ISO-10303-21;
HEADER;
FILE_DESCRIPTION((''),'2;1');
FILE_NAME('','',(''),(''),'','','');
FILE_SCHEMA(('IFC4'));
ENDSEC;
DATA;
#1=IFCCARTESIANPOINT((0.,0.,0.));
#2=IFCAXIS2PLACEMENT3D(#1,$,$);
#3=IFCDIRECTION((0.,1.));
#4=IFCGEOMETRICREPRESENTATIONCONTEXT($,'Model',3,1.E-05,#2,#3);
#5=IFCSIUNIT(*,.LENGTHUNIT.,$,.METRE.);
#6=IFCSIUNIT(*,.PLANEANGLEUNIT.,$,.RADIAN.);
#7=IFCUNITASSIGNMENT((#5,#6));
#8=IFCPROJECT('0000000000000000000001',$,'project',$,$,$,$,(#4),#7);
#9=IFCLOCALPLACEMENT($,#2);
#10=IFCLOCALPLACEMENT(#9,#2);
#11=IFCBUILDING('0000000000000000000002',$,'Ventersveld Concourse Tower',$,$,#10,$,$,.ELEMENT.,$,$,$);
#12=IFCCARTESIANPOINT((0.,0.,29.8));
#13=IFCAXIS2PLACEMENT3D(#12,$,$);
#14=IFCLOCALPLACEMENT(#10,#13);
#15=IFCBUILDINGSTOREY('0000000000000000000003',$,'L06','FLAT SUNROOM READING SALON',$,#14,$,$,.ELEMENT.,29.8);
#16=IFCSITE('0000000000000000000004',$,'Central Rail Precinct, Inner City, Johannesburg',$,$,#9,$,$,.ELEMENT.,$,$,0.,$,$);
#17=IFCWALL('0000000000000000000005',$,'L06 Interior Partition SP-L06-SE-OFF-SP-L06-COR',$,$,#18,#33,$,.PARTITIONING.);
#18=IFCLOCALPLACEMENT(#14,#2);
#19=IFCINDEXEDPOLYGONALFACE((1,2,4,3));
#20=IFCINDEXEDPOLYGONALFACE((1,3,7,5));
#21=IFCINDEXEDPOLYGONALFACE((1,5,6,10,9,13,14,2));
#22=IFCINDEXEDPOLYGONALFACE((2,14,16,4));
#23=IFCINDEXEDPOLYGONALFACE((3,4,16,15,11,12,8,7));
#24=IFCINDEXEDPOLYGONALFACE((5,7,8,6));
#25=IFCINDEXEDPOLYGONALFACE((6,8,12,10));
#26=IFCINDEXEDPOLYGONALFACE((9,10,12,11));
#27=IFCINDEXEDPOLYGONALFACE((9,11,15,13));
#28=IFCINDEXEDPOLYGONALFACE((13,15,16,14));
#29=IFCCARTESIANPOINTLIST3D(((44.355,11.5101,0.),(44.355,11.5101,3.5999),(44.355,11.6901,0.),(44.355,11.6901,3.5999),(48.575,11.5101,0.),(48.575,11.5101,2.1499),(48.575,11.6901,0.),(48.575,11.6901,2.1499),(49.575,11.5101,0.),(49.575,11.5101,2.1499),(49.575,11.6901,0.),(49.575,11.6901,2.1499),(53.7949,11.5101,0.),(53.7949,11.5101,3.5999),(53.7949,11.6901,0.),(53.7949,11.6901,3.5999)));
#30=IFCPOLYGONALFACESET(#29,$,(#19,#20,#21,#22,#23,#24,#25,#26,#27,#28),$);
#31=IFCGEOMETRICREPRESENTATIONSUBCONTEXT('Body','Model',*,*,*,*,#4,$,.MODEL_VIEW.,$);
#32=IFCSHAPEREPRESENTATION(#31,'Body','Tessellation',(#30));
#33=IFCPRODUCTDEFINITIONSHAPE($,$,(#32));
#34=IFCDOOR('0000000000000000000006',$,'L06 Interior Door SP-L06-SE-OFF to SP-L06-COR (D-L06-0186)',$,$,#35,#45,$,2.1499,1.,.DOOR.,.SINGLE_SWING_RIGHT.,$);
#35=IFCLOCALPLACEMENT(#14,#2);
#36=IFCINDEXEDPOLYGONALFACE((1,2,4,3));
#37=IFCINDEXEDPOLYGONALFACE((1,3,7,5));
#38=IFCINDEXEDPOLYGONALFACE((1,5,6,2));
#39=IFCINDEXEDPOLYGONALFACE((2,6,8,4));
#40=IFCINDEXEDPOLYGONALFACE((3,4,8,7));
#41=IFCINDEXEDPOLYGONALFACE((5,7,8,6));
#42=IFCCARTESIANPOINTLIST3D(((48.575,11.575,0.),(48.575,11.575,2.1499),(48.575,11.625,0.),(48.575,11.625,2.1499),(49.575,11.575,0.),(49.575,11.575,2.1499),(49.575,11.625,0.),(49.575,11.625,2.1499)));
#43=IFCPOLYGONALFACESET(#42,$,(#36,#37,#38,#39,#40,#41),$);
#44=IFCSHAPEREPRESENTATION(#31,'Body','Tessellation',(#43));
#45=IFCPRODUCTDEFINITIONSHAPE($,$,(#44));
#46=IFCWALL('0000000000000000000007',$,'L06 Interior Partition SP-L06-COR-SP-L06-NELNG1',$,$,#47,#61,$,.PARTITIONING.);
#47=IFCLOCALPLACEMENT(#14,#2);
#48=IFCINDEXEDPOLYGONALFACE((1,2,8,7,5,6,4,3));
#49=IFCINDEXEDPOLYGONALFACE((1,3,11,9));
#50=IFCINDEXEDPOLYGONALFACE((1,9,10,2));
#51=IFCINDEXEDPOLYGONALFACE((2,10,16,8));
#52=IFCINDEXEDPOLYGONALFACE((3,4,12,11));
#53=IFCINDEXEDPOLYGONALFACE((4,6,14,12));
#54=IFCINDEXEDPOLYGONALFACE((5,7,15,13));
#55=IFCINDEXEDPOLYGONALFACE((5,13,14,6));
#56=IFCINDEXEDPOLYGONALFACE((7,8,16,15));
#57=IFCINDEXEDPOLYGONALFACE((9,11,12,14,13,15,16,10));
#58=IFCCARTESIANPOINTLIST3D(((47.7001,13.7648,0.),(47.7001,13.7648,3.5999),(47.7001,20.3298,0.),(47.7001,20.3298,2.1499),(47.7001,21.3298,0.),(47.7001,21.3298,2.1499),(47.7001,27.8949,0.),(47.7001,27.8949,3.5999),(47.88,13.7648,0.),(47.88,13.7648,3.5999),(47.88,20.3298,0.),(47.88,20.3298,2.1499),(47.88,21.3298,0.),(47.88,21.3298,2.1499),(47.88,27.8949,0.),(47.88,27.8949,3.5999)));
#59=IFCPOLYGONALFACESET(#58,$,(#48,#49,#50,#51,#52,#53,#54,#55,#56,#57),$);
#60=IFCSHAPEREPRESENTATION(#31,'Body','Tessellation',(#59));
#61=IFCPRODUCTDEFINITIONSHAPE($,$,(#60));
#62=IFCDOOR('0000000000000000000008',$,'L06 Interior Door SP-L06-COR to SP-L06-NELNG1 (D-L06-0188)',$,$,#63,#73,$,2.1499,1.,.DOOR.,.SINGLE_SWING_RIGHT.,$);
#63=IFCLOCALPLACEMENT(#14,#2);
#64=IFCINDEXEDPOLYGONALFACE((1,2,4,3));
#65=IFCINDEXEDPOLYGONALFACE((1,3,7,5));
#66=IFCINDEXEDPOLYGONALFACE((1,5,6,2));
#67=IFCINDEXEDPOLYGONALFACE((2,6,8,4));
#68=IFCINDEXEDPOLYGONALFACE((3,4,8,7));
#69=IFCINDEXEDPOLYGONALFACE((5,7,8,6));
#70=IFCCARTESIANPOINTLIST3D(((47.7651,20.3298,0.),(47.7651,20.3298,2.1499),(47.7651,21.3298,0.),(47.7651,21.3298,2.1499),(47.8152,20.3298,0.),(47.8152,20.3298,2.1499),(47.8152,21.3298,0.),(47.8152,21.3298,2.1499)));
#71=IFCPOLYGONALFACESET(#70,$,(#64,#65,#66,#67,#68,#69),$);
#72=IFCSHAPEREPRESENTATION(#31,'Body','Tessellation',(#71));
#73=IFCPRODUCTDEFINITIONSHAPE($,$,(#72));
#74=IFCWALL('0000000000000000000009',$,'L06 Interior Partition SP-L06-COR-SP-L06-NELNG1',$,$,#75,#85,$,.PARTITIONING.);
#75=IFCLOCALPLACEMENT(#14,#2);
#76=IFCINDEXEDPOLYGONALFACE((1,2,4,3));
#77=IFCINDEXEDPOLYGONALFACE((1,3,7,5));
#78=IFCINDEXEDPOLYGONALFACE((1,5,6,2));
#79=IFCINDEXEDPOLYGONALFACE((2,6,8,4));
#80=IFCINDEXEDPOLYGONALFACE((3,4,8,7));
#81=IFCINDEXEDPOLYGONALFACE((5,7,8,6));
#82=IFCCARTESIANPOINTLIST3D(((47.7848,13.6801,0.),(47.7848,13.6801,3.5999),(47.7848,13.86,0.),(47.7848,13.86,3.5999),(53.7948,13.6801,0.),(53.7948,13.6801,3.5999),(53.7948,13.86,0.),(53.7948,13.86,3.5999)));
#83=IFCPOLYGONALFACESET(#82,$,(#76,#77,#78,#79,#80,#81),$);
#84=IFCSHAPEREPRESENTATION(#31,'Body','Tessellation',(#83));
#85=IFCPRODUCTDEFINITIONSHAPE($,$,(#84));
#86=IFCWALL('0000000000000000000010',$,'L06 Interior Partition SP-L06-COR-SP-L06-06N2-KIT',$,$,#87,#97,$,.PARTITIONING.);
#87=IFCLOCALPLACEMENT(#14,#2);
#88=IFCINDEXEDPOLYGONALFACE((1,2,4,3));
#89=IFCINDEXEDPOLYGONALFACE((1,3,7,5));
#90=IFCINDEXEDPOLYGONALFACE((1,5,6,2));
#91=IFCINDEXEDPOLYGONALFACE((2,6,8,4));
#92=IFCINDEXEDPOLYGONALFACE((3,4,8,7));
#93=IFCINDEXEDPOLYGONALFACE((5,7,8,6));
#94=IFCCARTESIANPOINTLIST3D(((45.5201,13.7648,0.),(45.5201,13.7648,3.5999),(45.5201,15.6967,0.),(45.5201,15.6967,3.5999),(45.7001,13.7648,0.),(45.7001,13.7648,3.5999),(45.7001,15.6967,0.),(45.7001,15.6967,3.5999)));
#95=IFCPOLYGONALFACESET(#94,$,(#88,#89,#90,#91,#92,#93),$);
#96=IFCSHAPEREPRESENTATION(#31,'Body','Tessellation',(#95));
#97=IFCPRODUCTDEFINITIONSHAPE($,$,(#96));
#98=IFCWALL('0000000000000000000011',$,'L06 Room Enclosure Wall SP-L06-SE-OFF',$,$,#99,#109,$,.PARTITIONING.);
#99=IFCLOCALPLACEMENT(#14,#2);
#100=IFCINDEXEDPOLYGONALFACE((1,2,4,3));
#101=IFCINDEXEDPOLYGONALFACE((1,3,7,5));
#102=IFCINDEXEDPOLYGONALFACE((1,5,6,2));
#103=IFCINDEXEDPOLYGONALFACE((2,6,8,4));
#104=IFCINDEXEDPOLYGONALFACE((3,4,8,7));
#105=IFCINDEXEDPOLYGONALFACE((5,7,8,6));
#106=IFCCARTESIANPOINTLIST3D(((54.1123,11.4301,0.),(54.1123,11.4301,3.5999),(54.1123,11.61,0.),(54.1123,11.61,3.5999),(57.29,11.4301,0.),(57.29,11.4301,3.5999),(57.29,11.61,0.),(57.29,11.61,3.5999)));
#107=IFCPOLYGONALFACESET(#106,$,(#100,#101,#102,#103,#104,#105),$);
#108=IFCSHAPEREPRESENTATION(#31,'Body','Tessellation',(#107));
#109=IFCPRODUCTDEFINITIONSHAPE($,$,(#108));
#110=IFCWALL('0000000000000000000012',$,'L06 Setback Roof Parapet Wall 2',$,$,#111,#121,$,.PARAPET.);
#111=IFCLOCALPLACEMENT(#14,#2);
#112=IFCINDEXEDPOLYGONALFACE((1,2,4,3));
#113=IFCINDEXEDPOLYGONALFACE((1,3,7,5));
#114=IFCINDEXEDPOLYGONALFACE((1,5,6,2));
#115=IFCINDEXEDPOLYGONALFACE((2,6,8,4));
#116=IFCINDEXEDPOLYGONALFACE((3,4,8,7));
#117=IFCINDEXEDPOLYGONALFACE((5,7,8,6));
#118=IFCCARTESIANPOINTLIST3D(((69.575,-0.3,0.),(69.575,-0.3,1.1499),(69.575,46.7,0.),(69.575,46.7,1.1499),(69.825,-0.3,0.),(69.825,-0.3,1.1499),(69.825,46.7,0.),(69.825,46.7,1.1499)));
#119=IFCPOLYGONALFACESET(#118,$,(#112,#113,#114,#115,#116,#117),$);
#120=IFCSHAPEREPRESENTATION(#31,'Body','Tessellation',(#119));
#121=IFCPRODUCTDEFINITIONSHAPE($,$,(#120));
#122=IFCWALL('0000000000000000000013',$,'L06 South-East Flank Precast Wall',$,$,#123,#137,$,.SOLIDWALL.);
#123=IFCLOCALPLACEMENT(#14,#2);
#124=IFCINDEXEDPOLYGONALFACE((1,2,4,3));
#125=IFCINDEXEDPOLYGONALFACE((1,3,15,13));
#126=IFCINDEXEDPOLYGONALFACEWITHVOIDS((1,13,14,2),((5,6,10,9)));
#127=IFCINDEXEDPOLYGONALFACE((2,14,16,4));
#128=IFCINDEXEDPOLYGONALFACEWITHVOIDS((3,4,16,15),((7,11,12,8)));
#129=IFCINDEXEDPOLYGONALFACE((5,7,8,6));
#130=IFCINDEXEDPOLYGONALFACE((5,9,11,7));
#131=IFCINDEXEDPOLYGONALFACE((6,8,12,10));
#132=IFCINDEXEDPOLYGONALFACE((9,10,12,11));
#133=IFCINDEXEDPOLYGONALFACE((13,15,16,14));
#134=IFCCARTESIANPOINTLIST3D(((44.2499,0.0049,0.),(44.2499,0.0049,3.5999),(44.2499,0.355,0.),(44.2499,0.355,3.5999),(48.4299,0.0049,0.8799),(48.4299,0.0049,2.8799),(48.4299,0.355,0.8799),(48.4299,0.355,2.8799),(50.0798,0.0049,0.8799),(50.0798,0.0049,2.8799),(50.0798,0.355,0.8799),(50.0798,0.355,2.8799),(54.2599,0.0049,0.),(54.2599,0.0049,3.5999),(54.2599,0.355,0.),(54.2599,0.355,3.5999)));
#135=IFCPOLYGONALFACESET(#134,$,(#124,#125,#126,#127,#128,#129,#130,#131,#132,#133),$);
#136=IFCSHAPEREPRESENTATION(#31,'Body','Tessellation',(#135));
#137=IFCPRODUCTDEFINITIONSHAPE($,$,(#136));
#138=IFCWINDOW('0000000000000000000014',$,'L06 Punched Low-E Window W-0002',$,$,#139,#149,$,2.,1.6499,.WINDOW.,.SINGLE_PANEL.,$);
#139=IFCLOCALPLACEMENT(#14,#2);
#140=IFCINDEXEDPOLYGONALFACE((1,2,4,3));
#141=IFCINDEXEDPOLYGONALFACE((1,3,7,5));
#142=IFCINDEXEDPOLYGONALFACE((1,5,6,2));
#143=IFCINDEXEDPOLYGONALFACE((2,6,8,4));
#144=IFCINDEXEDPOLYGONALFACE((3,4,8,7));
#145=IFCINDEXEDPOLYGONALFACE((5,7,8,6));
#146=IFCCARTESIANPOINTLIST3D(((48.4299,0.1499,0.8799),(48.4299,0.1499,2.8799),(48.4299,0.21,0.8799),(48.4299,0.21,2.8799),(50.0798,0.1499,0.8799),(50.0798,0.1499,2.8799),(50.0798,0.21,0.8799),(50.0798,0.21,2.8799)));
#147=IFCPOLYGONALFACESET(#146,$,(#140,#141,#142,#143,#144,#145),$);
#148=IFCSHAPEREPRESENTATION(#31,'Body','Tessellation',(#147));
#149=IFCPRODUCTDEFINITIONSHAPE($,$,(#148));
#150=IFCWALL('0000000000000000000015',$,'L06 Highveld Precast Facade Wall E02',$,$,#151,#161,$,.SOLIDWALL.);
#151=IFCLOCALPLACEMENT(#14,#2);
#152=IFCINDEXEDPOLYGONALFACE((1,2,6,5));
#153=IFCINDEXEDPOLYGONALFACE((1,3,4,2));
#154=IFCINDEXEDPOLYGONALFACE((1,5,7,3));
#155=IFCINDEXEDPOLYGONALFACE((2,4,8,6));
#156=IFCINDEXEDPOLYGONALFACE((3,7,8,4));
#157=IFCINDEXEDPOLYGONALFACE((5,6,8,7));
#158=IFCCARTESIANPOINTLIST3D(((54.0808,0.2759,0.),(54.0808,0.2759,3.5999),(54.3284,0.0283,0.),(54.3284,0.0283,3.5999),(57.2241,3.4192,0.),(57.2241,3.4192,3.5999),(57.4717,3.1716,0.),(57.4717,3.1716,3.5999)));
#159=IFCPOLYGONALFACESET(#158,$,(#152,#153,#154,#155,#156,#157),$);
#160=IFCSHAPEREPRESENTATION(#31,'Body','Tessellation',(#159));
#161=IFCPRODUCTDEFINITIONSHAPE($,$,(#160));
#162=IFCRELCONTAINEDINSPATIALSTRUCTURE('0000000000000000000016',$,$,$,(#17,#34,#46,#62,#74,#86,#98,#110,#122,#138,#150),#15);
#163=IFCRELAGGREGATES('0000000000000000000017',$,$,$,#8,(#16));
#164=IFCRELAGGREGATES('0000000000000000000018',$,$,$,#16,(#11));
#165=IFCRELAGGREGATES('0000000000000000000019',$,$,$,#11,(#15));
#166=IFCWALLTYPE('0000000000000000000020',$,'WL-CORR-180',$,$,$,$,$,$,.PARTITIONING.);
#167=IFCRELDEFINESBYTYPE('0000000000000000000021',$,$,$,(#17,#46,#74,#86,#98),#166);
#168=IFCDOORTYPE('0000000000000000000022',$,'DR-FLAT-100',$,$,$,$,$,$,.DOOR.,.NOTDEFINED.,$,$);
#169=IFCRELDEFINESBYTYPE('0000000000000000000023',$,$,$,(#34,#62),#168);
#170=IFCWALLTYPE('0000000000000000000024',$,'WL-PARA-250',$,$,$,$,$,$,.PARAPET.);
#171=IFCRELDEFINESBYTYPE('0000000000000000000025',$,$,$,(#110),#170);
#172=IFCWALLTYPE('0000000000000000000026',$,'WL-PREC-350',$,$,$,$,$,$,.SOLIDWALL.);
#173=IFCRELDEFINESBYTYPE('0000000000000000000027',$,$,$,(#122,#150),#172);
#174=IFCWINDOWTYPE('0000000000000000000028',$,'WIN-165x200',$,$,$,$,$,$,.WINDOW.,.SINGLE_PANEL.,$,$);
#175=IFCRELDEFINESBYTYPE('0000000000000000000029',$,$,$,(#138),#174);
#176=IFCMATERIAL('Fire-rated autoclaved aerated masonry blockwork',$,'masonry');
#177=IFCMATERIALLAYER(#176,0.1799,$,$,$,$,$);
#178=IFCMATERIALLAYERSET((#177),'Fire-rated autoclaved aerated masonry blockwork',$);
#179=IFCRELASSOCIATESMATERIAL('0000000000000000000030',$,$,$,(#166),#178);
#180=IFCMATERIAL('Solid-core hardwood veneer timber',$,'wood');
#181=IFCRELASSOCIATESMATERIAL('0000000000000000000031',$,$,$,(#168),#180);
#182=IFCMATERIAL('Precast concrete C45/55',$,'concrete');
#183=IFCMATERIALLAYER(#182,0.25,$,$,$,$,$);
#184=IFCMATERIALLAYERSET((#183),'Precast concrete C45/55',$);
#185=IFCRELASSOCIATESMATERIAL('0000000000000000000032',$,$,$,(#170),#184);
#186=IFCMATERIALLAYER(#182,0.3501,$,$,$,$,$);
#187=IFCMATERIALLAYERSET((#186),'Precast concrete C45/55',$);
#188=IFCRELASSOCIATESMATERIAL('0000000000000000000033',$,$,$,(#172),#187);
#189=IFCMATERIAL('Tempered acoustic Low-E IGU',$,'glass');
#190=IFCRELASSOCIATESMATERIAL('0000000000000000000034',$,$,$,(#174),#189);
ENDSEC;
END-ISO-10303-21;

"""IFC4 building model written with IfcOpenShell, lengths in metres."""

from ifc_helpers import new_model, si_unit, direction, frame, frame_2d, origin, place, context, subcontext, project, spatial, rectangle, extrude, material, layer, layer_set, type_object, element, fill, save


model = new_model("IFC4")

# Units and contexts
model_context = context("Model", 3, precision=1e-05, world=origin(), true_north=direction((0.0, 1.0)))
body_context = subcontext(model_context, "Body", "Model", "MODEL_VIEW")
ifc_project = project(units=[si_unit("LENGTHUNIT", "METRE"), si_unit("PLANEANGLEUNIT", "RADIAN")], contexts=[model_context])

# Site, building, storey
site_placement = place(None, origin())
site = spatial("IfcSite", under=ifc_project, at=site_placement, Name="Central Rail Precinct, Inner City, Johannesburg", CompositionType="ELEMENT", RefElevation=0.0)
building_placement = place(site_placement, origin())
building = spatial("IfcBuilding", under=site, at=building_placement, Name="Ventersveld Concourse Tower", CompositionType="ELEMENT")
storey_placement = place(building_placement, frame((0.0, 0.0, 29.8)))
storey = spatial("IfcBuildingStorey", under=building, at=storey_placement, Name="L06", Description="FLAT SUNROOM READING SALON", CompositionType="ELEMENT", Elevation=29.8)

# Walls, openings, doors
ifc_material_1 = material(Name="Fire-rated autoclaved aerated masonry blockwork", Category="masonry")
ifc_layer_1 = layer(ifc_material_1, 0.1799)
ifc_layer_set_1 = layer_set([ifc_layer_1], Name="Fire-rated autoclaved aerated masonry blockwork")
wall_type_1 = type_object("IfcWallType", Name="WL-CORR-180", PredefinedType="PARTITIONING", material=ifc_layer_set_1)
wall_1_placement = place(storey_placement, frame((44.355, 11.6001, 0.0), z_axis=(0.0, 0.0, 1.0), x_axis=(1.0, 0.0, 0.0)))
wall_1 = element("IfcWall", 1, at=wall_1_placement, inside=storey, type_object=wall_type_1, Name="L06 Interior Partition SP-L06-SE-OFF-SP-L06-COR", PredefinedType="PARTITIONING", context=body_context, shape_type="SweptSolid", body=[
    extrude(rectangle(XDim=9.4399, YDim=0.1799, at=frame_2d((4.72, 0.0))), origin(), (0.0, 0.0, 1.0), 3.5999),
])
opening_1_placement = place(wall_1_placement, frame((4.22, 0.0, 0.0)))
opening_1 = element("IfcOpeningElement", 2, at=opening_1_placement, cuts=wall_1, PredefinedType="OPENING", context=body_context, shape_type="SweptSolid", body=[
    extrude(rectangle(XDim=1.0, YDim=2.1499, at=frame_2d((0.5, 1.075))), frame((0.0, 0.1001, 0.0), z_axis=(0.0, -1.0, 0.0), x_axis=(1.0, 0.0, 0.0)), (0.0, 0.0, 1.0), 0.2),
])
ifc_material_2 = material(Name="Solid-core hardwood veneer timber", Category="wood")
door_type = type_object("IfcDoorType", Name="DR-FLAT-100", OperationType="NOTDEFINED", PredefinedType="DOOR", material=ifc_material_2)
door_1_placement = place(opening_1_placement, origin())
door_1 = element("IfcDoor", 3, at=door_1_placement, inside=storey, type_object=door_type, Name="L06 Interior Door SP-L06-SE-OFF to SP-L06-COR (D-L06-0186)", OperationType="SINGLE_SWING_RIGHT", OverallHeight=2.1499, OverallWidth=1.0, PredefinedType="DOOR", context=body_context, shape_type="SweptSolid", body=[
    extrude(rectangle(XDim=1.0, YDim=2.1499, at=frame_2d((0.5, 1.075))), frame((0.0, 0.0249, 0.0), z_axis=(0.0, -1.0, 0.0), x_axis=(1.0, 0.0, 0.0)), (0.0, 0.0, 1.0), 0.05),
])
fill(opening_1, door_1)
wall_2_placement = place(storey_placement, frame((47.79, 13.7649, 0.0), z_axis=(0.0, 0.0, 1.0), x_axis=(0.0, 1.0, 0.0)))
wall_2 = element("IfcWall", 4, at=wall_2_placement, inside=storey, type_object=wall_type_1, Name="L06 Interior Partition SP-L06-COR-SP-L06-NELNG1", PredefinedType="PARTITIONING", context=body_context, shape_type="SweptSolid", body=[
    extrude(rectangle(XDim=14.1301, YDim=0.1799, at=frame_2d((7.0649, 0.0))), origin(), (0.0, 0.0, 1.0), 3.5999),
])
opening_2_placement = place(wall_2_placement, frame((6.5649, 0.0, 0.0)))
opening_2 = element("IfcOpeningElement", 5, at=opening_2_placement, cuts=wall_2, PredefinedType="OPENING", context=body_context, shape_type="SweptSolid", body=[
    extrude(rectangle(XDim=1.0, YDim=2.1499, at=frame_2d((0.5, 1.075))), frame((0.0, 0.1001, 0.0), z_axis=(0.0, -1.0, 0.0), x_axis=(1.0, 0.0, 0.0)), (0.0, 0.0, 1.0), 0.2),
])
door_2_placement = place(opening_2_placement, origin())
door_2 = element("IfcDoor", 6, at=door_2_placement, inside=storey, type_object=door_type, Name="L06 Interior Door SP-L06-COR to SP-L06-NELNG1 (D-L06-0188)", OperationType="SINGLE_SWING_RIGHT", OverallHeight=2.1499, OverallWidth=1.0, PredefinedType="DOOR", context=body_context, shape_type="SweptSolid", body=[
    extrude(rectangle(XDim=1.0, YDim=2.1499, at=frame_2d((0.5, 1.075))), frame((0.0, 0.0249, 0.0), z_axis=(0.0, -1.0, 0.0), x_axis=(1.0, 0.0, 0.0)), (0.0, 0.0, 1.0), 0.05),
])
fill(opening_2, door_2)

# Walls
wall_3_placement = place(storey_placement, frame((47.7849, 13.77, 0.0), z_axis=(0.0, 0.0, 1.0), x_axis=(1.0, 0.0, 0.0)))
element("IfcWall", 7, at=wall_3_placement, inside=storey, type_object=wall_type_1, Name="L06 Interior Partition SP-L06-COR-SP-L06-NELNG1", PredefinedType="PARTITIONING", context=body_context, shape_type="SweptSolid", body=[
    extrude(rectangle(XDim=6.01, YDim=0.1799, at=frame_2d((3.0049, 0.0))), origin(), (0.0, 0.0, 1.0), 3.5999),
])
wall_4_placement = place(storey_placement, frame((45.6101, 13.7649, 0.0), z_axis=(0.0, 0.0, 1.0), x_axis=(0.0, 1.0, 0.0)))
element("IfcWall", 8, at=wall_4_placement, inside=storey, type_object=wall_type_1, Name="L06 Interior Partition SP-L06-COR-SP-L06-06N2-KIT", PredefinedType="PARTITIONING", context=body_context, shape_type="SweptSolid", body=[
    extrude(rectangle(XDim=1.9319, YDim=0.1799, at=frame_2d((0.9658, 0.0))), origin(), (0.0, 0.0, 1.0), 3.5999),
])
wall_5_placement = place(storey_placement, frame((54.1123, 11.52, 0.0), z_axis=(0.0, 0.0, 1.0), x_axis=(1.0, 0.0, 0.0)))
element("IfcWall", 9, at=wall_5_placement, inside=storey, type_object=wall_type_1, Name="L06 Room Enclosure Wall SP-L06-SE-OFF", PredefinedType="PARTITIONING", context=body_context, shape_type="SweptSolid", body=[
    extrude(rectangle(XDim=3.1777, YDim=0.1799, at=frame_2d((1.5889, 0.0))), origin(), (0.0, 0.0, 1.0), 3.5999),
])
ifc_material_3 = material(Name="Precast concrete C45/55", Category="concrete")
ifc_layer_2 = layer(ifc_material_3, 0.25)
ifc_layer_set_2 = layer_set([ifc_layer_2], Name="Precast concrete C45/55")
wall_type_2 = type_object("IfcWallType", Name="WL-PARA-250", PredefinedType="PARAPET", material=ifc_layer_set_2)
wall_6_placement = place(storey_placement, frame((69.7, -0.3, 0.0), z_axis=(0.0, 0.0, 1.0), x_axis=(0.0, 1.0, 0.0)))
element("IfcWall", 10, at=wall_6_placement, inside=storey, type_object=wall_type_2, Name="L06 Setback Roof Parapet Wall 2", PredefinedType="PARAPET", context=body_context, shape_type="SweptSolid", body=[
    extrude(rectangle(XDim=47.0, YDim=0.25, at=frame_2d((23.5, 0.0))), origin(), (0.0, 0.0, 1.0), 1.1499),
])

# Wall, opening, window
ifc_layer_3 = layer(ifc_material_3, 0.3501)
ifc_layer_set_3 = layer_set([ifc_layer_3], Name="Precast concrete C45/55")
wall_type_3 = type_object("IfcWallType", Name="WL-PREC-350", PredefinedType="SOLIDWALL", material=ifc_layer_set_3)
wall_7_placement = place(storey_placement, frame((44.25, 0.1799, 0.0), z_axis=(0.0, 0.0, 1.0), x_axis=(1.0, 0.0, 0.0)))
wall_7 = element("IfcWall", 11, at=wall_7_placement, inside=storey, type_object=wall_type_3, Name="L06 South-East Flank Precast Wall", PredefinedType="SOLIDWALL", context=body_context, shape_type="SweptSolid", body=[
    extrude(rectangle(XDim=10.01, YDim=0.3501, at=frame_2d((5.0049, 0.0))), origin(), (0.0, 0.0, 1.0), 3.5999),
])
opening_3_placement = place(wall_7_placement, frame((4.1799, 0.0, 0.8799)))
opening_3 = element("IfcOpeningElement", 12, at=opening_3_placement, cuts=wall_7, PredefinedType="OPENING", context=body_context, shape_type="SweptSolid", body=[
    extrude(rectangle(XDim=1.6499, YDim=2.0, at=frame_2d((0.825, 1.0))), frame((0.0, 0.1851, 0.0), z_axis=(0.0, -1.0, 0.0), x_axis=(1.0, 0.0, 0.0)), (0.0, 0.0, 1.0), 0.3701),
])
ifc_material_4 = material(Name="Tempered acoustic Low-E IGU", Category="glass")
window_type_1 = type_object("IfcWindowType", Name="WIN-165x200", PartitioningType="SINGLE_PANEL", PredefinedType="WINDOW", material=ifc_material_4)
window_1_placement = place(opening_3_placement, origin())
window_1 = element("IfcWindow", 13, at=window_1_placement, inside=storey, type_object=window_type_1, Name="L06 Punched Low-E Window W-0002", OverallHeight=2.0, OverallWidth=1.6499, PartitioningType="SINGLE_PANEL", PredefinedType="WINDOW", context=body_context, shape_type="SweptSolid", body=[
    extrude(rectangle(XDim=1.6499, YDim=2.0, at=frame_2d((0.825, 1.0))), frame((0.0, 0.03, 0.0), z_axis=(0.0, -1.0, 0.0), x_axis=(1.0, 0.0, 0.0)), (0.0, 0.0, 1.0), 0.0601),
])
fill(opening_3, window_1)

# Wall
wall_8_placement = place(storey_placement, frame((54.2046, 0.1521, 0.0), z_axis=(0.0, 0.0, 1.0), x_axis=(0.707107, 0.707107, 0.0)))
element("IfcWall", 14, at=wall_8_placement, inside=storey, type_object=wall_type_3, Name="L06 Highveld Precast Facade Wall E02", PredefinedType="SOLIDWALL", context=body_context, shape_type="SweptSolid", body=[
    extrude(rectangle(XDim=4.4453, YDim=0.3501, at=frame_2d((2.2227, 0.0))), origin(), (0.0, 0.0, 1.0), 3.5999),
])

save(model, "model.ifc")
